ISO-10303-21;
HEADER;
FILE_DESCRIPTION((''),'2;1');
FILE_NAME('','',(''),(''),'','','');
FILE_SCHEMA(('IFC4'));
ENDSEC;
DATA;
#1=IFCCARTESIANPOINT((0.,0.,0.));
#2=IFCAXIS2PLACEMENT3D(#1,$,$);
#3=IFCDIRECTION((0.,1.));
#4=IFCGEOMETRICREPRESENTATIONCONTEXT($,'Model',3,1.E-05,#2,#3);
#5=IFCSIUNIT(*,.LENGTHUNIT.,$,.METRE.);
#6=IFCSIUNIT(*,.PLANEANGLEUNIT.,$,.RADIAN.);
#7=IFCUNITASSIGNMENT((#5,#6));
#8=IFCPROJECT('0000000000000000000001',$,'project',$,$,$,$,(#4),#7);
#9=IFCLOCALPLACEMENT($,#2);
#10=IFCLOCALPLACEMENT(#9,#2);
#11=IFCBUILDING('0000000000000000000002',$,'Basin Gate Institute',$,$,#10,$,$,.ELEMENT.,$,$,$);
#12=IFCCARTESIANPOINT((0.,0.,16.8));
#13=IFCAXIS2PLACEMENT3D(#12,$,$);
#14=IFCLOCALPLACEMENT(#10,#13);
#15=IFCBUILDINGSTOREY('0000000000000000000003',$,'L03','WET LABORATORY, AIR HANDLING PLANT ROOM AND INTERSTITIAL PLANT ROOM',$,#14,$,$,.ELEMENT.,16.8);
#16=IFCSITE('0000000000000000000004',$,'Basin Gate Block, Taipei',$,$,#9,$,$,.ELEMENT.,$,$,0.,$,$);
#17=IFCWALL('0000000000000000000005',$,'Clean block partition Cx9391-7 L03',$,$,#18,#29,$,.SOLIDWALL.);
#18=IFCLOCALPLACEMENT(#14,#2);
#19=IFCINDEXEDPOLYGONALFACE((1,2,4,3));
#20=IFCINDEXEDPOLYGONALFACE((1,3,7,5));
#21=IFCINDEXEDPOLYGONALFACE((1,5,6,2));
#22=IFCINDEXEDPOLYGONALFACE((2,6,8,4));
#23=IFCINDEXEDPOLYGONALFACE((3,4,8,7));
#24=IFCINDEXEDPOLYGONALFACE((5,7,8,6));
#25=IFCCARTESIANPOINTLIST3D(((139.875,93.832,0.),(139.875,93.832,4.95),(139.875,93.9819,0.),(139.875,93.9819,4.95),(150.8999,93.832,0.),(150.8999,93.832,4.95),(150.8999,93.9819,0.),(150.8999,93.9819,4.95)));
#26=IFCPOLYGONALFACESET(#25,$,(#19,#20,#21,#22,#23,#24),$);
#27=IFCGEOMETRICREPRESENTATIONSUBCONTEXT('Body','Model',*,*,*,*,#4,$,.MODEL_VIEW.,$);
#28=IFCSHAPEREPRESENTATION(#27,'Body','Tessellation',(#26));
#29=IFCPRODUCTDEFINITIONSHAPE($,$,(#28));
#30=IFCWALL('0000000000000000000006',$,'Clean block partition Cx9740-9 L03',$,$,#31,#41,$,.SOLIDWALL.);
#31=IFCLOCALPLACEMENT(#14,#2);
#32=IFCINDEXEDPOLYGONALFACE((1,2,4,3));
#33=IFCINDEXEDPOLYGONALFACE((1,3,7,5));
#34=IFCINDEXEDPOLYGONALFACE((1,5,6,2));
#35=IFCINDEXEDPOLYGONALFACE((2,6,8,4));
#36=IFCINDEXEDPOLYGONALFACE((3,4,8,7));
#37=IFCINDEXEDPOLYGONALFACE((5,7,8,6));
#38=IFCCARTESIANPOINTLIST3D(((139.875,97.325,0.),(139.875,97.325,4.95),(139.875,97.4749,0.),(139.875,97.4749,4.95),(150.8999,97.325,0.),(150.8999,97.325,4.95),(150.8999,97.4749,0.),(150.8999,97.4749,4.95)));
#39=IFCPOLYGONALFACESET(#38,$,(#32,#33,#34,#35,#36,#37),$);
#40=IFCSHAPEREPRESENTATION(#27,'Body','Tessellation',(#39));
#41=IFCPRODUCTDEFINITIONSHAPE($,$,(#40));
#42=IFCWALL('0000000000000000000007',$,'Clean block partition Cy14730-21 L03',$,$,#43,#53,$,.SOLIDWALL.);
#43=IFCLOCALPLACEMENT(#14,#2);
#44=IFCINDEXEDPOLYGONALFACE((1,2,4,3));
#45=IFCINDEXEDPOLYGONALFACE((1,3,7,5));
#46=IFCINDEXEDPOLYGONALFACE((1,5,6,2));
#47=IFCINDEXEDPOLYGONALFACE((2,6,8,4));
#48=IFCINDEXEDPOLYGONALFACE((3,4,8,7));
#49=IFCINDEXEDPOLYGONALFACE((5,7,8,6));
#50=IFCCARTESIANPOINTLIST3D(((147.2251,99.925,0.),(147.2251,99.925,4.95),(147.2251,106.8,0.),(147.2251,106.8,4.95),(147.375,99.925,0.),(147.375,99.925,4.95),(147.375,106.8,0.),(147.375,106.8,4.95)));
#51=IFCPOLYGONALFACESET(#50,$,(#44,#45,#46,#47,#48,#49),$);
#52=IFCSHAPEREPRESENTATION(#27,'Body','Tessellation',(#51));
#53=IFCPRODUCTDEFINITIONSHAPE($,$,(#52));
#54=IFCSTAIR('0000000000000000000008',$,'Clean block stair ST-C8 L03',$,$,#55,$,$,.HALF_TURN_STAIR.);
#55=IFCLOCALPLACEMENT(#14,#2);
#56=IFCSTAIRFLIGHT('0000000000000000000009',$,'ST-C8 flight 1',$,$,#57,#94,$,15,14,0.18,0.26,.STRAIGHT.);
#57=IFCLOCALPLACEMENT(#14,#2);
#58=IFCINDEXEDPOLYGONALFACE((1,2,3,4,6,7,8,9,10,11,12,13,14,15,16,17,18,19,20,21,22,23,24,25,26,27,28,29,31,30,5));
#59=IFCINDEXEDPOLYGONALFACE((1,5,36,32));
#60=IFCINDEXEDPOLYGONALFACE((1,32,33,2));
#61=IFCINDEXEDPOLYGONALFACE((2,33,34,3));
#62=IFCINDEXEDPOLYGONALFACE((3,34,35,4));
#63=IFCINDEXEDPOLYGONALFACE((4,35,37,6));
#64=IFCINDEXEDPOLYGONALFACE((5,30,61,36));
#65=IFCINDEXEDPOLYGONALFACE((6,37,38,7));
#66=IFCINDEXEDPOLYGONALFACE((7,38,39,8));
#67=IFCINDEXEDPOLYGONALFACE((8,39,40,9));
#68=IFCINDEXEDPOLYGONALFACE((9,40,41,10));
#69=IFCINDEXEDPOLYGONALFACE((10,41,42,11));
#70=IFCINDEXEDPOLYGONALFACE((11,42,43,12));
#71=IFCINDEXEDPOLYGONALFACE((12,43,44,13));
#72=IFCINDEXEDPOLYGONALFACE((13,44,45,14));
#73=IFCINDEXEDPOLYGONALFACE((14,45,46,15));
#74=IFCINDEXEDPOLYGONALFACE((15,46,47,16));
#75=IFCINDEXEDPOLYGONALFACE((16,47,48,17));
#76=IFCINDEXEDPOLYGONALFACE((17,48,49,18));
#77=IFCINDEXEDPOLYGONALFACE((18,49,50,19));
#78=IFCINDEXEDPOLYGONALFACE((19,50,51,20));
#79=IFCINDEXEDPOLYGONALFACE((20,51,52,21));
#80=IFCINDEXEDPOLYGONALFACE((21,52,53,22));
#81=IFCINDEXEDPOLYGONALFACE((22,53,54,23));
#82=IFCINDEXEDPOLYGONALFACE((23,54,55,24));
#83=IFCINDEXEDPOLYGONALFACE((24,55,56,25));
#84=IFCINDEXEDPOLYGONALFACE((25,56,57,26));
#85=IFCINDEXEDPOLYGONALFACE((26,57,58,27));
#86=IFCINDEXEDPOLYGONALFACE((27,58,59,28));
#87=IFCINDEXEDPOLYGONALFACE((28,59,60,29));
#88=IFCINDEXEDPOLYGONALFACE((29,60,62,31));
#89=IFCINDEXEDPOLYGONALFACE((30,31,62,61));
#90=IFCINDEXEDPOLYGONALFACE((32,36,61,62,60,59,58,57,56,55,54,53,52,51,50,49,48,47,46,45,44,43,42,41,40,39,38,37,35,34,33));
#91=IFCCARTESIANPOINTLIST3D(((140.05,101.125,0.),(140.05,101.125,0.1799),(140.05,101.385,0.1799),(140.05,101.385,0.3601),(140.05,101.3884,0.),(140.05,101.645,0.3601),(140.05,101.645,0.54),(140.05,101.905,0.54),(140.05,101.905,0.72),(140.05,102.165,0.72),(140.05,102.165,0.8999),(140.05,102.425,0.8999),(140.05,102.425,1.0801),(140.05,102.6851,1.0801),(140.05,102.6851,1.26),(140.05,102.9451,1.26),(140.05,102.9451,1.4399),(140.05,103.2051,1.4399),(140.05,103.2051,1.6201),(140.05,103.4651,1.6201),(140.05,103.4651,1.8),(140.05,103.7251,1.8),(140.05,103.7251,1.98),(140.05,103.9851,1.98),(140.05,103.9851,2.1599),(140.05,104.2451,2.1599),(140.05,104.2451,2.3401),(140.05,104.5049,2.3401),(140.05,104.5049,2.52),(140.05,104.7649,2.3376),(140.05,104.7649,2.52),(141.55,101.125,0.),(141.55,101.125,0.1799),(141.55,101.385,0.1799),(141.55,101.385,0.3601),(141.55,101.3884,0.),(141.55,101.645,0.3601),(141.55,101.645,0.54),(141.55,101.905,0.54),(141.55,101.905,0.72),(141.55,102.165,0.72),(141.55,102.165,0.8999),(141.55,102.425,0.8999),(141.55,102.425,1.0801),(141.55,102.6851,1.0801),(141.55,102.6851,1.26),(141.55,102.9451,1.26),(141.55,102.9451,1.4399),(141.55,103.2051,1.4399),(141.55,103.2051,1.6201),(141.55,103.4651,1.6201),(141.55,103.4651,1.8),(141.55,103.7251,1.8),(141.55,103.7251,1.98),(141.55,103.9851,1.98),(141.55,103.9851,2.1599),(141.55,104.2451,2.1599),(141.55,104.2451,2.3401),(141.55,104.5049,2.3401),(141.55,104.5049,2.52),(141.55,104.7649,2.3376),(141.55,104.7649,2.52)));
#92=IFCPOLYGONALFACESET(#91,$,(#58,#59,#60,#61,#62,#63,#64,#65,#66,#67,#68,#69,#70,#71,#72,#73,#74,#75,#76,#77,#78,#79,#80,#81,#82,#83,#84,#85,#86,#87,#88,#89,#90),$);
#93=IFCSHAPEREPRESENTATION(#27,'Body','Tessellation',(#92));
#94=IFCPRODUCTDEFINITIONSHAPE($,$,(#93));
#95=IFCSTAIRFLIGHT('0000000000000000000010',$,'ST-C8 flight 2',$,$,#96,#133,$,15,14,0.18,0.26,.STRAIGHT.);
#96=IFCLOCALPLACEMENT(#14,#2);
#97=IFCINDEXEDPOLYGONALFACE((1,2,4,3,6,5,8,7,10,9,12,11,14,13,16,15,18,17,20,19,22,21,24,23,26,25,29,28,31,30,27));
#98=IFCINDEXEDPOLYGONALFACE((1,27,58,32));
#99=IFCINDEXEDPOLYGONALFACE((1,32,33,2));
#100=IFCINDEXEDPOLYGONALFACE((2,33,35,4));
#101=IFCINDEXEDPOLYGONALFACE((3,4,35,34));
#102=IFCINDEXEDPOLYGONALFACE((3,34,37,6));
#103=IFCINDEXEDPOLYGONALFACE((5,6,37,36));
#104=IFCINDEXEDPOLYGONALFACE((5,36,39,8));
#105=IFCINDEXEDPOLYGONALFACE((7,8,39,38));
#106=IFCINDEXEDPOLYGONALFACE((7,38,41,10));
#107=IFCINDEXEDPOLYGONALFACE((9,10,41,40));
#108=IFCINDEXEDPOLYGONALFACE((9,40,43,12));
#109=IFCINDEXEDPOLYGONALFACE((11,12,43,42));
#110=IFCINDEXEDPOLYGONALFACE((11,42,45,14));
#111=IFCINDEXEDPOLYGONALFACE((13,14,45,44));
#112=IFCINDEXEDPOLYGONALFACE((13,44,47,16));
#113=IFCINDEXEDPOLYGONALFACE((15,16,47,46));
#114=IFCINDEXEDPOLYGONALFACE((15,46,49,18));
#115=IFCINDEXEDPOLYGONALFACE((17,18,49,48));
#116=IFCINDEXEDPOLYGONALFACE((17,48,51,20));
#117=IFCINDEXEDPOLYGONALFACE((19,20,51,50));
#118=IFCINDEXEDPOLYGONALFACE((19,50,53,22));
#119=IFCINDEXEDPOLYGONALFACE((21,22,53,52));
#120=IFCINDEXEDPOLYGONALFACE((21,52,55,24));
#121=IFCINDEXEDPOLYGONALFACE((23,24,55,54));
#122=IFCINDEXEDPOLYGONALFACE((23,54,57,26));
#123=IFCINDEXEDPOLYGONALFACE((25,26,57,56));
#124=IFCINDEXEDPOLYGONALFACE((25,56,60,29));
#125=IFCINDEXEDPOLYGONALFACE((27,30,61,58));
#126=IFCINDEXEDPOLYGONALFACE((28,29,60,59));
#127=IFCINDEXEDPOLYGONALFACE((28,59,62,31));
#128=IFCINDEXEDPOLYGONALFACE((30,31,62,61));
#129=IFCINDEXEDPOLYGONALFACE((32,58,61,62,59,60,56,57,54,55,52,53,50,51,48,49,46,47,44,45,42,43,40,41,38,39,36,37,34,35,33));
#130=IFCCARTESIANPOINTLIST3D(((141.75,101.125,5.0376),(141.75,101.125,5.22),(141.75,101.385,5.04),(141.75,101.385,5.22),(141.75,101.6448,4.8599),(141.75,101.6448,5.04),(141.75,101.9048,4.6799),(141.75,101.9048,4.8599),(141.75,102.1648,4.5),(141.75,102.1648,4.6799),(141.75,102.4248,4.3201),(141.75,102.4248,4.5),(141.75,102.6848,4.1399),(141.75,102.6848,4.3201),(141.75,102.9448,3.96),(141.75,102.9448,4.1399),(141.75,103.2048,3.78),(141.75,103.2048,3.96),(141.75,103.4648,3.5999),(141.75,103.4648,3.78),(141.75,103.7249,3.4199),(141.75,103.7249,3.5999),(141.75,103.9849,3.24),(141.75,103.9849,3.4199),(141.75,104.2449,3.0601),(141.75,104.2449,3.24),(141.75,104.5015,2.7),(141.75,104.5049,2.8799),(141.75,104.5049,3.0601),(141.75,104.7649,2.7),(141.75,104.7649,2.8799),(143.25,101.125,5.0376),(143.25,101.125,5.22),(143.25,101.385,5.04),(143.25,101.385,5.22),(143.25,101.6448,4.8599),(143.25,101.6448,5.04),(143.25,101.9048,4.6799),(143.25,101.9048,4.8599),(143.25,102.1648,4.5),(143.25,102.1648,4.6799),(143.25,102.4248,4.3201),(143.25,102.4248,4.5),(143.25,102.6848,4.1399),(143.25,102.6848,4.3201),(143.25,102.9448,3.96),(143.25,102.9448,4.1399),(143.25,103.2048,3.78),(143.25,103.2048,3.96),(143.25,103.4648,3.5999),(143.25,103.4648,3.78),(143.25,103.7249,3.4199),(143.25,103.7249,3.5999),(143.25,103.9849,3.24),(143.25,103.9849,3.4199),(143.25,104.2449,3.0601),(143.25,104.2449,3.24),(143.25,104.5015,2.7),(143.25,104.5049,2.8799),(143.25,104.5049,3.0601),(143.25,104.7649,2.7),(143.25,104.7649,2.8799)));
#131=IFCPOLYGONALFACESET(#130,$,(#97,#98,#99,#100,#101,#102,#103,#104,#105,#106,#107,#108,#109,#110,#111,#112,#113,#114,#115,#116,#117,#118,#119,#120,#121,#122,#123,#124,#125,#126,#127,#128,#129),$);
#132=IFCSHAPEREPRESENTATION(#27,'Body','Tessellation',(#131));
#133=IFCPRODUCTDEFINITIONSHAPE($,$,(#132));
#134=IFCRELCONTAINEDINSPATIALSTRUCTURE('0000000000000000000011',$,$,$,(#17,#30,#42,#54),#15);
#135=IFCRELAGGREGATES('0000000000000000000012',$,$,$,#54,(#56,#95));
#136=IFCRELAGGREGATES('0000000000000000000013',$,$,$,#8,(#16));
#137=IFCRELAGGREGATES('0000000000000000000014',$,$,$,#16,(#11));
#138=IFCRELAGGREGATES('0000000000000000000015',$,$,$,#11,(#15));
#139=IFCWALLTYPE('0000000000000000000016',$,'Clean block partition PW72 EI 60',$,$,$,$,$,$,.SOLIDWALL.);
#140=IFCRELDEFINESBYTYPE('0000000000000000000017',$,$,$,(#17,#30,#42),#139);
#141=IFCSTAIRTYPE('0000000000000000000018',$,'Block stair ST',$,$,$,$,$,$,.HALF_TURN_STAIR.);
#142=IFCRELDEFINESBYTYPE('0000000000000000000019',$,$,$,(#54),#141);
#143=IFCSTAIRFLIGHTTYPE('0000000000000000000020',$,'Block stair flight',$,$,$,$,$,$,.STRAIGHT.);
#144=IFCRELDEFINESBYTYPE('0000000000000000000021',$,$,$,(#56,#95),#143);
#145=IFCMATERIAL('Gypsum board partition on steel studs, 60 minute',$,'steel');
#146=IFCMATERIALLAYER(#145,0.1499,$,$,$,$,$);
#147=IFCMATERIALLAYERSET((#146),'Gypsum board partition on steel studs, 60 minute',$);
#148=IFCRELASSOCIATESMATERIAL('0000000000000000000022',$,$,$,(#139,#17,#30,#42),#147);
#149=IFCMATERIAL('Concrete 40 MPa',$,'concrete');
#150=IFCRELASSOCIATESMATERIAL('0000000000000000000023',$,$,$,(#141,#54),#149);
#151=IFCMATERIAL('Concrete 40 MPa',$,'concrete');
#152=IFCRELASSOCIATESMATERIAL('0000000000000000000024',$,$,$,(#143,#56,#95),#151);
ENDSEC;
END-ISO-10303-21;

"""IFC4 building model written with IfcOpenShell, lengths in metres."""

from ifc_helpers import new_model, si_unit, direction, frame, frame_2d, origin, place, context, subcontext, project, spatial, polyline, rectangle, outline, extrude, material, layer, layer_set, type_object, element, aggregate, save


model = new_model("IFC4")

# Units and contexts
model_context = context("Model", 3, precision=1e-05, world=origin(), true_north=direction((0.0, 1.0)))
body_context = subcontext(model_context, "Body", "Model", "MODEL_VIEW")
ifc_project = project(units=[si_unit("LENGTHUNIT", "METRE"), si_unit("PLANEANGLEUNIT", "RADIAN")], contexts=[model_context])

# Site, building, storey
site_placement = place(None, origin())
site = spatial("IfcSite", under=ifc_project, at=site_placement, Name="Basin Gate Block, Taipei", CompositionType="ELEMENT", RefElevation=0.0)
building_placement = place(site_placement, origin())
building = spatial("IfcBuilding", under=site, at=building_placement, Name="Basin Gate Institute", CompositionType="ELEMENT")
storey_placement = place(building_placement, frame((0.0, 0.0, 16.8)))
storey = spatial("IfcBuildingStorey", under=building, at=storey_placement, Name="L03", Description="WET LABORATORY, AIR HANDLING PLANT ROOM AND INTERSTITIAL PLANT ROOM", CompositionType="ELEMENT", Elevation=16.8)

# Walls
ifc_material_1 = material(Name="Gypsum board partition on steel studs, 60 minute", Category="steel")
ifc_layer_1 = layer(ifc_material_1, 0.1499)
ifc_layer_set_1 = layer_set([ifc_layer_1], Name="Gypsum board partition on steel studs, 60 minute")
wall_type_1 = type_object("IfcWallType", Name="Clean block partition PW72 EI 60", PredefinedType="SOLIDWALL", material=ifc_layer_set_1)
for number, where, z_axis, x_axis, name in (
    (1, (139.875, 93.907, 0.0), (0.0, 0.0, 1.0), (1.0, 0.0, 0.0), "Clean block partition Cx9391-7 L03"),
    (2, (139.875, 97.3999, 0.0), (0.0, 0.0, 1.0), (1.0, 0.0, 0.0), "Clean block partition Cx9740-9 L03"),
):
    element("IfcWall", number, at=place(storey_placement, frame(where, z_axis=z_axis, x_axis=x_axis)), inside=storey, type_object=wall_type_1, material=ifc_layer_set_1, Name=name, PredefinedType="SOLIDWALL", context=body_context, shape_type="SweptSolid", body=[
        extrude(rectangle(XDim=11.0249, YDim=0.1499, at=frame_2d((5.5125, 0.0))), origin(), (0.0, 0.0, 1.0), 4.95),
    ])
wall_1_placement = place(storey_placement, frame((147.3, 99.925, 0.0), z_axis=(0.0, 0.0, 1.0), x_axis=(0.0, 1.0, 0.0)))
element("IfcWall", 3, at=wall_1_placement, inside=storey, type_object=wall_type_1, material=ifc_layer_set_1, Name="Clean block partition Cy14730-21 L03", PredefinedType="SOLIDWALL", context=body_context, shape_type="SweptSolid", body=[
    extrude(rectangle(XDim=6.875, YDim=0.1499, at=frame_2d((3.4375, 0.0))), origin(), (0.0, 0.0, 1.0), 4.95),
])

# Stair, stair flights
ifc_material_2 = material(Name="Concrete 40 MPa", Category="concrete")
stair_type = type_object("IfcStairType", Name="Block stair ST", PredefinedType="HALF_TURN_STAIR", material=ifc_material_2)
stair_placement = place(storey_placement, origin())
stair = element("IfcStair", 4, at=stair_placement, inside=storey, type_object=stair_type, material=ifc_material_2, Name="Clean block stair ST-C8 L03", PredefinedType="HALF_TURN_STAIR")
ifc_material_3 = material(Name="Concrete 40 MPa", Category="concrete")
stair_flight_type = type_object("IfcStairFlightType", Name="Block stair flight", PredefinedType="STRAIGHT", material=ifc_material_3)
stair_flight_1_placement = place(storey_placement, frame((140.8, 101.125, 0.0), z_axis=(0.0, 0.0, 1.0), x_axis=(0.0, 1.0, 0.0)))
stair_flight_1 = element("IfcStairFlight", 5, at=stair_flight_1_placement, type_object=stair_flight_type, material=ifc_material_3, Name="ST-C8 flight 1", NumberOfRisers=15, NumberOfTreads=14, PredefinedType="STRAIGHT", RiserHeight=0.18, TreadLength=0.26, context=body_context, shape_type="SweptSolid", body=[
    extrude(outline(polyline([(0.0, 0.0), (0.0, 0.1799), (0.26, 0.1799), (0.26, 0.3601), (0.52, 0.3601), (0.52, 0.54), (0.78, 0.54), (0.78, 0.72), (1.04, 0.72), (1.04, 0.8999), (1.3, 0.8999), (1.3, 1.0801), (1.5601, 1.0801), (1.5601, 1.26), (1.8201, 1.26), (1.8201, 1.4399), (2.0801, 1.4399), (2.0801, 1.6201), (2.3401, 1.6201), (2.3401, 1.8), (2.6001, 1.8), (2.6001, 1.98), (2.8601, 1.98), (2.8601, 2.1599), (3.1201, 2.1599), (3.1201, 2.3401), (3.3799, 2.3401), (3.3799, 2.52), (3.6399, 2.52), (3.6399, 2.7), (3.6399, 2.3376), (0.2634, 0.0), (0.0, 0.0)])), frame((0.0, 0.75, 0.0), z_axis=(0.0, -1.0, 0.0), x_axis=(1.0, 0.0, 0.0)), (0.0, 0.0, 1.0), 1.5),
])
stair_flight_2_placement = place(storey_placement, frame((142.5, 104.7649, 2.7), z_axis=(0.0, 0.0, 1.0), x_axis=(0.0, -1.0, 0.0)))
stair_flight_2 = element("IfcStairFlight", 6, at=stair_flight_2_placement, type_object=stair_flight_type, material=ifc_material_3, Name="ST-C8 flight 2", NumberOfRisers=15, NumberOfTreads=14, PredefinedType="STRAIGHT", RiserHeight=0.18, TreadLength=0.26, context=body_context, shape_type="SweptSolid", body=[
    extrude(outline(polyline([(0.0, 0.0), (0.0, 0.1799), (0.26, 0.1799), (0.26, 0.3601), (0.52, 0.3601), (0.52, 0.54), (0.78, 0.54), (0.78, 0.72), (1.04, 0.72), (1.04, 0.8999), (1.3, 0.8999), (1.3, 1.0801), (1.5601, 1.0801), (1.5601, 1.26), (1.8201, 1.26), (1.8201, 1.4399), (2.0801, 1.4399), (2.0801, 1.6201), (2.3401, 1.6201), (2.3401, 1.8), (2.6001, 1.8), (2.6001, 1.98), (2.8601, 1.98), (2.8601, 2.1599), (3.1201, 2.1599), (3.1201, 2.3401), (3.3799, 2.3401), (3.3799, 2.52), (3.6399, 2.52), (3.6399, 2.7), (3.6399, 2.3376), (0.2634, 0.0), (0.0, 0.0)])), frame((0.0, 0.75, 0.0), z_axis=(0.0, -1.0, 0.0), x_axis=(1.0, 0.0, 0.0)), (0.0, 0.0, 1.0), 1.5),
])
aggregate(stair, [stair_flight_1, stair_flight_2])

save(model, "model.ifc")
